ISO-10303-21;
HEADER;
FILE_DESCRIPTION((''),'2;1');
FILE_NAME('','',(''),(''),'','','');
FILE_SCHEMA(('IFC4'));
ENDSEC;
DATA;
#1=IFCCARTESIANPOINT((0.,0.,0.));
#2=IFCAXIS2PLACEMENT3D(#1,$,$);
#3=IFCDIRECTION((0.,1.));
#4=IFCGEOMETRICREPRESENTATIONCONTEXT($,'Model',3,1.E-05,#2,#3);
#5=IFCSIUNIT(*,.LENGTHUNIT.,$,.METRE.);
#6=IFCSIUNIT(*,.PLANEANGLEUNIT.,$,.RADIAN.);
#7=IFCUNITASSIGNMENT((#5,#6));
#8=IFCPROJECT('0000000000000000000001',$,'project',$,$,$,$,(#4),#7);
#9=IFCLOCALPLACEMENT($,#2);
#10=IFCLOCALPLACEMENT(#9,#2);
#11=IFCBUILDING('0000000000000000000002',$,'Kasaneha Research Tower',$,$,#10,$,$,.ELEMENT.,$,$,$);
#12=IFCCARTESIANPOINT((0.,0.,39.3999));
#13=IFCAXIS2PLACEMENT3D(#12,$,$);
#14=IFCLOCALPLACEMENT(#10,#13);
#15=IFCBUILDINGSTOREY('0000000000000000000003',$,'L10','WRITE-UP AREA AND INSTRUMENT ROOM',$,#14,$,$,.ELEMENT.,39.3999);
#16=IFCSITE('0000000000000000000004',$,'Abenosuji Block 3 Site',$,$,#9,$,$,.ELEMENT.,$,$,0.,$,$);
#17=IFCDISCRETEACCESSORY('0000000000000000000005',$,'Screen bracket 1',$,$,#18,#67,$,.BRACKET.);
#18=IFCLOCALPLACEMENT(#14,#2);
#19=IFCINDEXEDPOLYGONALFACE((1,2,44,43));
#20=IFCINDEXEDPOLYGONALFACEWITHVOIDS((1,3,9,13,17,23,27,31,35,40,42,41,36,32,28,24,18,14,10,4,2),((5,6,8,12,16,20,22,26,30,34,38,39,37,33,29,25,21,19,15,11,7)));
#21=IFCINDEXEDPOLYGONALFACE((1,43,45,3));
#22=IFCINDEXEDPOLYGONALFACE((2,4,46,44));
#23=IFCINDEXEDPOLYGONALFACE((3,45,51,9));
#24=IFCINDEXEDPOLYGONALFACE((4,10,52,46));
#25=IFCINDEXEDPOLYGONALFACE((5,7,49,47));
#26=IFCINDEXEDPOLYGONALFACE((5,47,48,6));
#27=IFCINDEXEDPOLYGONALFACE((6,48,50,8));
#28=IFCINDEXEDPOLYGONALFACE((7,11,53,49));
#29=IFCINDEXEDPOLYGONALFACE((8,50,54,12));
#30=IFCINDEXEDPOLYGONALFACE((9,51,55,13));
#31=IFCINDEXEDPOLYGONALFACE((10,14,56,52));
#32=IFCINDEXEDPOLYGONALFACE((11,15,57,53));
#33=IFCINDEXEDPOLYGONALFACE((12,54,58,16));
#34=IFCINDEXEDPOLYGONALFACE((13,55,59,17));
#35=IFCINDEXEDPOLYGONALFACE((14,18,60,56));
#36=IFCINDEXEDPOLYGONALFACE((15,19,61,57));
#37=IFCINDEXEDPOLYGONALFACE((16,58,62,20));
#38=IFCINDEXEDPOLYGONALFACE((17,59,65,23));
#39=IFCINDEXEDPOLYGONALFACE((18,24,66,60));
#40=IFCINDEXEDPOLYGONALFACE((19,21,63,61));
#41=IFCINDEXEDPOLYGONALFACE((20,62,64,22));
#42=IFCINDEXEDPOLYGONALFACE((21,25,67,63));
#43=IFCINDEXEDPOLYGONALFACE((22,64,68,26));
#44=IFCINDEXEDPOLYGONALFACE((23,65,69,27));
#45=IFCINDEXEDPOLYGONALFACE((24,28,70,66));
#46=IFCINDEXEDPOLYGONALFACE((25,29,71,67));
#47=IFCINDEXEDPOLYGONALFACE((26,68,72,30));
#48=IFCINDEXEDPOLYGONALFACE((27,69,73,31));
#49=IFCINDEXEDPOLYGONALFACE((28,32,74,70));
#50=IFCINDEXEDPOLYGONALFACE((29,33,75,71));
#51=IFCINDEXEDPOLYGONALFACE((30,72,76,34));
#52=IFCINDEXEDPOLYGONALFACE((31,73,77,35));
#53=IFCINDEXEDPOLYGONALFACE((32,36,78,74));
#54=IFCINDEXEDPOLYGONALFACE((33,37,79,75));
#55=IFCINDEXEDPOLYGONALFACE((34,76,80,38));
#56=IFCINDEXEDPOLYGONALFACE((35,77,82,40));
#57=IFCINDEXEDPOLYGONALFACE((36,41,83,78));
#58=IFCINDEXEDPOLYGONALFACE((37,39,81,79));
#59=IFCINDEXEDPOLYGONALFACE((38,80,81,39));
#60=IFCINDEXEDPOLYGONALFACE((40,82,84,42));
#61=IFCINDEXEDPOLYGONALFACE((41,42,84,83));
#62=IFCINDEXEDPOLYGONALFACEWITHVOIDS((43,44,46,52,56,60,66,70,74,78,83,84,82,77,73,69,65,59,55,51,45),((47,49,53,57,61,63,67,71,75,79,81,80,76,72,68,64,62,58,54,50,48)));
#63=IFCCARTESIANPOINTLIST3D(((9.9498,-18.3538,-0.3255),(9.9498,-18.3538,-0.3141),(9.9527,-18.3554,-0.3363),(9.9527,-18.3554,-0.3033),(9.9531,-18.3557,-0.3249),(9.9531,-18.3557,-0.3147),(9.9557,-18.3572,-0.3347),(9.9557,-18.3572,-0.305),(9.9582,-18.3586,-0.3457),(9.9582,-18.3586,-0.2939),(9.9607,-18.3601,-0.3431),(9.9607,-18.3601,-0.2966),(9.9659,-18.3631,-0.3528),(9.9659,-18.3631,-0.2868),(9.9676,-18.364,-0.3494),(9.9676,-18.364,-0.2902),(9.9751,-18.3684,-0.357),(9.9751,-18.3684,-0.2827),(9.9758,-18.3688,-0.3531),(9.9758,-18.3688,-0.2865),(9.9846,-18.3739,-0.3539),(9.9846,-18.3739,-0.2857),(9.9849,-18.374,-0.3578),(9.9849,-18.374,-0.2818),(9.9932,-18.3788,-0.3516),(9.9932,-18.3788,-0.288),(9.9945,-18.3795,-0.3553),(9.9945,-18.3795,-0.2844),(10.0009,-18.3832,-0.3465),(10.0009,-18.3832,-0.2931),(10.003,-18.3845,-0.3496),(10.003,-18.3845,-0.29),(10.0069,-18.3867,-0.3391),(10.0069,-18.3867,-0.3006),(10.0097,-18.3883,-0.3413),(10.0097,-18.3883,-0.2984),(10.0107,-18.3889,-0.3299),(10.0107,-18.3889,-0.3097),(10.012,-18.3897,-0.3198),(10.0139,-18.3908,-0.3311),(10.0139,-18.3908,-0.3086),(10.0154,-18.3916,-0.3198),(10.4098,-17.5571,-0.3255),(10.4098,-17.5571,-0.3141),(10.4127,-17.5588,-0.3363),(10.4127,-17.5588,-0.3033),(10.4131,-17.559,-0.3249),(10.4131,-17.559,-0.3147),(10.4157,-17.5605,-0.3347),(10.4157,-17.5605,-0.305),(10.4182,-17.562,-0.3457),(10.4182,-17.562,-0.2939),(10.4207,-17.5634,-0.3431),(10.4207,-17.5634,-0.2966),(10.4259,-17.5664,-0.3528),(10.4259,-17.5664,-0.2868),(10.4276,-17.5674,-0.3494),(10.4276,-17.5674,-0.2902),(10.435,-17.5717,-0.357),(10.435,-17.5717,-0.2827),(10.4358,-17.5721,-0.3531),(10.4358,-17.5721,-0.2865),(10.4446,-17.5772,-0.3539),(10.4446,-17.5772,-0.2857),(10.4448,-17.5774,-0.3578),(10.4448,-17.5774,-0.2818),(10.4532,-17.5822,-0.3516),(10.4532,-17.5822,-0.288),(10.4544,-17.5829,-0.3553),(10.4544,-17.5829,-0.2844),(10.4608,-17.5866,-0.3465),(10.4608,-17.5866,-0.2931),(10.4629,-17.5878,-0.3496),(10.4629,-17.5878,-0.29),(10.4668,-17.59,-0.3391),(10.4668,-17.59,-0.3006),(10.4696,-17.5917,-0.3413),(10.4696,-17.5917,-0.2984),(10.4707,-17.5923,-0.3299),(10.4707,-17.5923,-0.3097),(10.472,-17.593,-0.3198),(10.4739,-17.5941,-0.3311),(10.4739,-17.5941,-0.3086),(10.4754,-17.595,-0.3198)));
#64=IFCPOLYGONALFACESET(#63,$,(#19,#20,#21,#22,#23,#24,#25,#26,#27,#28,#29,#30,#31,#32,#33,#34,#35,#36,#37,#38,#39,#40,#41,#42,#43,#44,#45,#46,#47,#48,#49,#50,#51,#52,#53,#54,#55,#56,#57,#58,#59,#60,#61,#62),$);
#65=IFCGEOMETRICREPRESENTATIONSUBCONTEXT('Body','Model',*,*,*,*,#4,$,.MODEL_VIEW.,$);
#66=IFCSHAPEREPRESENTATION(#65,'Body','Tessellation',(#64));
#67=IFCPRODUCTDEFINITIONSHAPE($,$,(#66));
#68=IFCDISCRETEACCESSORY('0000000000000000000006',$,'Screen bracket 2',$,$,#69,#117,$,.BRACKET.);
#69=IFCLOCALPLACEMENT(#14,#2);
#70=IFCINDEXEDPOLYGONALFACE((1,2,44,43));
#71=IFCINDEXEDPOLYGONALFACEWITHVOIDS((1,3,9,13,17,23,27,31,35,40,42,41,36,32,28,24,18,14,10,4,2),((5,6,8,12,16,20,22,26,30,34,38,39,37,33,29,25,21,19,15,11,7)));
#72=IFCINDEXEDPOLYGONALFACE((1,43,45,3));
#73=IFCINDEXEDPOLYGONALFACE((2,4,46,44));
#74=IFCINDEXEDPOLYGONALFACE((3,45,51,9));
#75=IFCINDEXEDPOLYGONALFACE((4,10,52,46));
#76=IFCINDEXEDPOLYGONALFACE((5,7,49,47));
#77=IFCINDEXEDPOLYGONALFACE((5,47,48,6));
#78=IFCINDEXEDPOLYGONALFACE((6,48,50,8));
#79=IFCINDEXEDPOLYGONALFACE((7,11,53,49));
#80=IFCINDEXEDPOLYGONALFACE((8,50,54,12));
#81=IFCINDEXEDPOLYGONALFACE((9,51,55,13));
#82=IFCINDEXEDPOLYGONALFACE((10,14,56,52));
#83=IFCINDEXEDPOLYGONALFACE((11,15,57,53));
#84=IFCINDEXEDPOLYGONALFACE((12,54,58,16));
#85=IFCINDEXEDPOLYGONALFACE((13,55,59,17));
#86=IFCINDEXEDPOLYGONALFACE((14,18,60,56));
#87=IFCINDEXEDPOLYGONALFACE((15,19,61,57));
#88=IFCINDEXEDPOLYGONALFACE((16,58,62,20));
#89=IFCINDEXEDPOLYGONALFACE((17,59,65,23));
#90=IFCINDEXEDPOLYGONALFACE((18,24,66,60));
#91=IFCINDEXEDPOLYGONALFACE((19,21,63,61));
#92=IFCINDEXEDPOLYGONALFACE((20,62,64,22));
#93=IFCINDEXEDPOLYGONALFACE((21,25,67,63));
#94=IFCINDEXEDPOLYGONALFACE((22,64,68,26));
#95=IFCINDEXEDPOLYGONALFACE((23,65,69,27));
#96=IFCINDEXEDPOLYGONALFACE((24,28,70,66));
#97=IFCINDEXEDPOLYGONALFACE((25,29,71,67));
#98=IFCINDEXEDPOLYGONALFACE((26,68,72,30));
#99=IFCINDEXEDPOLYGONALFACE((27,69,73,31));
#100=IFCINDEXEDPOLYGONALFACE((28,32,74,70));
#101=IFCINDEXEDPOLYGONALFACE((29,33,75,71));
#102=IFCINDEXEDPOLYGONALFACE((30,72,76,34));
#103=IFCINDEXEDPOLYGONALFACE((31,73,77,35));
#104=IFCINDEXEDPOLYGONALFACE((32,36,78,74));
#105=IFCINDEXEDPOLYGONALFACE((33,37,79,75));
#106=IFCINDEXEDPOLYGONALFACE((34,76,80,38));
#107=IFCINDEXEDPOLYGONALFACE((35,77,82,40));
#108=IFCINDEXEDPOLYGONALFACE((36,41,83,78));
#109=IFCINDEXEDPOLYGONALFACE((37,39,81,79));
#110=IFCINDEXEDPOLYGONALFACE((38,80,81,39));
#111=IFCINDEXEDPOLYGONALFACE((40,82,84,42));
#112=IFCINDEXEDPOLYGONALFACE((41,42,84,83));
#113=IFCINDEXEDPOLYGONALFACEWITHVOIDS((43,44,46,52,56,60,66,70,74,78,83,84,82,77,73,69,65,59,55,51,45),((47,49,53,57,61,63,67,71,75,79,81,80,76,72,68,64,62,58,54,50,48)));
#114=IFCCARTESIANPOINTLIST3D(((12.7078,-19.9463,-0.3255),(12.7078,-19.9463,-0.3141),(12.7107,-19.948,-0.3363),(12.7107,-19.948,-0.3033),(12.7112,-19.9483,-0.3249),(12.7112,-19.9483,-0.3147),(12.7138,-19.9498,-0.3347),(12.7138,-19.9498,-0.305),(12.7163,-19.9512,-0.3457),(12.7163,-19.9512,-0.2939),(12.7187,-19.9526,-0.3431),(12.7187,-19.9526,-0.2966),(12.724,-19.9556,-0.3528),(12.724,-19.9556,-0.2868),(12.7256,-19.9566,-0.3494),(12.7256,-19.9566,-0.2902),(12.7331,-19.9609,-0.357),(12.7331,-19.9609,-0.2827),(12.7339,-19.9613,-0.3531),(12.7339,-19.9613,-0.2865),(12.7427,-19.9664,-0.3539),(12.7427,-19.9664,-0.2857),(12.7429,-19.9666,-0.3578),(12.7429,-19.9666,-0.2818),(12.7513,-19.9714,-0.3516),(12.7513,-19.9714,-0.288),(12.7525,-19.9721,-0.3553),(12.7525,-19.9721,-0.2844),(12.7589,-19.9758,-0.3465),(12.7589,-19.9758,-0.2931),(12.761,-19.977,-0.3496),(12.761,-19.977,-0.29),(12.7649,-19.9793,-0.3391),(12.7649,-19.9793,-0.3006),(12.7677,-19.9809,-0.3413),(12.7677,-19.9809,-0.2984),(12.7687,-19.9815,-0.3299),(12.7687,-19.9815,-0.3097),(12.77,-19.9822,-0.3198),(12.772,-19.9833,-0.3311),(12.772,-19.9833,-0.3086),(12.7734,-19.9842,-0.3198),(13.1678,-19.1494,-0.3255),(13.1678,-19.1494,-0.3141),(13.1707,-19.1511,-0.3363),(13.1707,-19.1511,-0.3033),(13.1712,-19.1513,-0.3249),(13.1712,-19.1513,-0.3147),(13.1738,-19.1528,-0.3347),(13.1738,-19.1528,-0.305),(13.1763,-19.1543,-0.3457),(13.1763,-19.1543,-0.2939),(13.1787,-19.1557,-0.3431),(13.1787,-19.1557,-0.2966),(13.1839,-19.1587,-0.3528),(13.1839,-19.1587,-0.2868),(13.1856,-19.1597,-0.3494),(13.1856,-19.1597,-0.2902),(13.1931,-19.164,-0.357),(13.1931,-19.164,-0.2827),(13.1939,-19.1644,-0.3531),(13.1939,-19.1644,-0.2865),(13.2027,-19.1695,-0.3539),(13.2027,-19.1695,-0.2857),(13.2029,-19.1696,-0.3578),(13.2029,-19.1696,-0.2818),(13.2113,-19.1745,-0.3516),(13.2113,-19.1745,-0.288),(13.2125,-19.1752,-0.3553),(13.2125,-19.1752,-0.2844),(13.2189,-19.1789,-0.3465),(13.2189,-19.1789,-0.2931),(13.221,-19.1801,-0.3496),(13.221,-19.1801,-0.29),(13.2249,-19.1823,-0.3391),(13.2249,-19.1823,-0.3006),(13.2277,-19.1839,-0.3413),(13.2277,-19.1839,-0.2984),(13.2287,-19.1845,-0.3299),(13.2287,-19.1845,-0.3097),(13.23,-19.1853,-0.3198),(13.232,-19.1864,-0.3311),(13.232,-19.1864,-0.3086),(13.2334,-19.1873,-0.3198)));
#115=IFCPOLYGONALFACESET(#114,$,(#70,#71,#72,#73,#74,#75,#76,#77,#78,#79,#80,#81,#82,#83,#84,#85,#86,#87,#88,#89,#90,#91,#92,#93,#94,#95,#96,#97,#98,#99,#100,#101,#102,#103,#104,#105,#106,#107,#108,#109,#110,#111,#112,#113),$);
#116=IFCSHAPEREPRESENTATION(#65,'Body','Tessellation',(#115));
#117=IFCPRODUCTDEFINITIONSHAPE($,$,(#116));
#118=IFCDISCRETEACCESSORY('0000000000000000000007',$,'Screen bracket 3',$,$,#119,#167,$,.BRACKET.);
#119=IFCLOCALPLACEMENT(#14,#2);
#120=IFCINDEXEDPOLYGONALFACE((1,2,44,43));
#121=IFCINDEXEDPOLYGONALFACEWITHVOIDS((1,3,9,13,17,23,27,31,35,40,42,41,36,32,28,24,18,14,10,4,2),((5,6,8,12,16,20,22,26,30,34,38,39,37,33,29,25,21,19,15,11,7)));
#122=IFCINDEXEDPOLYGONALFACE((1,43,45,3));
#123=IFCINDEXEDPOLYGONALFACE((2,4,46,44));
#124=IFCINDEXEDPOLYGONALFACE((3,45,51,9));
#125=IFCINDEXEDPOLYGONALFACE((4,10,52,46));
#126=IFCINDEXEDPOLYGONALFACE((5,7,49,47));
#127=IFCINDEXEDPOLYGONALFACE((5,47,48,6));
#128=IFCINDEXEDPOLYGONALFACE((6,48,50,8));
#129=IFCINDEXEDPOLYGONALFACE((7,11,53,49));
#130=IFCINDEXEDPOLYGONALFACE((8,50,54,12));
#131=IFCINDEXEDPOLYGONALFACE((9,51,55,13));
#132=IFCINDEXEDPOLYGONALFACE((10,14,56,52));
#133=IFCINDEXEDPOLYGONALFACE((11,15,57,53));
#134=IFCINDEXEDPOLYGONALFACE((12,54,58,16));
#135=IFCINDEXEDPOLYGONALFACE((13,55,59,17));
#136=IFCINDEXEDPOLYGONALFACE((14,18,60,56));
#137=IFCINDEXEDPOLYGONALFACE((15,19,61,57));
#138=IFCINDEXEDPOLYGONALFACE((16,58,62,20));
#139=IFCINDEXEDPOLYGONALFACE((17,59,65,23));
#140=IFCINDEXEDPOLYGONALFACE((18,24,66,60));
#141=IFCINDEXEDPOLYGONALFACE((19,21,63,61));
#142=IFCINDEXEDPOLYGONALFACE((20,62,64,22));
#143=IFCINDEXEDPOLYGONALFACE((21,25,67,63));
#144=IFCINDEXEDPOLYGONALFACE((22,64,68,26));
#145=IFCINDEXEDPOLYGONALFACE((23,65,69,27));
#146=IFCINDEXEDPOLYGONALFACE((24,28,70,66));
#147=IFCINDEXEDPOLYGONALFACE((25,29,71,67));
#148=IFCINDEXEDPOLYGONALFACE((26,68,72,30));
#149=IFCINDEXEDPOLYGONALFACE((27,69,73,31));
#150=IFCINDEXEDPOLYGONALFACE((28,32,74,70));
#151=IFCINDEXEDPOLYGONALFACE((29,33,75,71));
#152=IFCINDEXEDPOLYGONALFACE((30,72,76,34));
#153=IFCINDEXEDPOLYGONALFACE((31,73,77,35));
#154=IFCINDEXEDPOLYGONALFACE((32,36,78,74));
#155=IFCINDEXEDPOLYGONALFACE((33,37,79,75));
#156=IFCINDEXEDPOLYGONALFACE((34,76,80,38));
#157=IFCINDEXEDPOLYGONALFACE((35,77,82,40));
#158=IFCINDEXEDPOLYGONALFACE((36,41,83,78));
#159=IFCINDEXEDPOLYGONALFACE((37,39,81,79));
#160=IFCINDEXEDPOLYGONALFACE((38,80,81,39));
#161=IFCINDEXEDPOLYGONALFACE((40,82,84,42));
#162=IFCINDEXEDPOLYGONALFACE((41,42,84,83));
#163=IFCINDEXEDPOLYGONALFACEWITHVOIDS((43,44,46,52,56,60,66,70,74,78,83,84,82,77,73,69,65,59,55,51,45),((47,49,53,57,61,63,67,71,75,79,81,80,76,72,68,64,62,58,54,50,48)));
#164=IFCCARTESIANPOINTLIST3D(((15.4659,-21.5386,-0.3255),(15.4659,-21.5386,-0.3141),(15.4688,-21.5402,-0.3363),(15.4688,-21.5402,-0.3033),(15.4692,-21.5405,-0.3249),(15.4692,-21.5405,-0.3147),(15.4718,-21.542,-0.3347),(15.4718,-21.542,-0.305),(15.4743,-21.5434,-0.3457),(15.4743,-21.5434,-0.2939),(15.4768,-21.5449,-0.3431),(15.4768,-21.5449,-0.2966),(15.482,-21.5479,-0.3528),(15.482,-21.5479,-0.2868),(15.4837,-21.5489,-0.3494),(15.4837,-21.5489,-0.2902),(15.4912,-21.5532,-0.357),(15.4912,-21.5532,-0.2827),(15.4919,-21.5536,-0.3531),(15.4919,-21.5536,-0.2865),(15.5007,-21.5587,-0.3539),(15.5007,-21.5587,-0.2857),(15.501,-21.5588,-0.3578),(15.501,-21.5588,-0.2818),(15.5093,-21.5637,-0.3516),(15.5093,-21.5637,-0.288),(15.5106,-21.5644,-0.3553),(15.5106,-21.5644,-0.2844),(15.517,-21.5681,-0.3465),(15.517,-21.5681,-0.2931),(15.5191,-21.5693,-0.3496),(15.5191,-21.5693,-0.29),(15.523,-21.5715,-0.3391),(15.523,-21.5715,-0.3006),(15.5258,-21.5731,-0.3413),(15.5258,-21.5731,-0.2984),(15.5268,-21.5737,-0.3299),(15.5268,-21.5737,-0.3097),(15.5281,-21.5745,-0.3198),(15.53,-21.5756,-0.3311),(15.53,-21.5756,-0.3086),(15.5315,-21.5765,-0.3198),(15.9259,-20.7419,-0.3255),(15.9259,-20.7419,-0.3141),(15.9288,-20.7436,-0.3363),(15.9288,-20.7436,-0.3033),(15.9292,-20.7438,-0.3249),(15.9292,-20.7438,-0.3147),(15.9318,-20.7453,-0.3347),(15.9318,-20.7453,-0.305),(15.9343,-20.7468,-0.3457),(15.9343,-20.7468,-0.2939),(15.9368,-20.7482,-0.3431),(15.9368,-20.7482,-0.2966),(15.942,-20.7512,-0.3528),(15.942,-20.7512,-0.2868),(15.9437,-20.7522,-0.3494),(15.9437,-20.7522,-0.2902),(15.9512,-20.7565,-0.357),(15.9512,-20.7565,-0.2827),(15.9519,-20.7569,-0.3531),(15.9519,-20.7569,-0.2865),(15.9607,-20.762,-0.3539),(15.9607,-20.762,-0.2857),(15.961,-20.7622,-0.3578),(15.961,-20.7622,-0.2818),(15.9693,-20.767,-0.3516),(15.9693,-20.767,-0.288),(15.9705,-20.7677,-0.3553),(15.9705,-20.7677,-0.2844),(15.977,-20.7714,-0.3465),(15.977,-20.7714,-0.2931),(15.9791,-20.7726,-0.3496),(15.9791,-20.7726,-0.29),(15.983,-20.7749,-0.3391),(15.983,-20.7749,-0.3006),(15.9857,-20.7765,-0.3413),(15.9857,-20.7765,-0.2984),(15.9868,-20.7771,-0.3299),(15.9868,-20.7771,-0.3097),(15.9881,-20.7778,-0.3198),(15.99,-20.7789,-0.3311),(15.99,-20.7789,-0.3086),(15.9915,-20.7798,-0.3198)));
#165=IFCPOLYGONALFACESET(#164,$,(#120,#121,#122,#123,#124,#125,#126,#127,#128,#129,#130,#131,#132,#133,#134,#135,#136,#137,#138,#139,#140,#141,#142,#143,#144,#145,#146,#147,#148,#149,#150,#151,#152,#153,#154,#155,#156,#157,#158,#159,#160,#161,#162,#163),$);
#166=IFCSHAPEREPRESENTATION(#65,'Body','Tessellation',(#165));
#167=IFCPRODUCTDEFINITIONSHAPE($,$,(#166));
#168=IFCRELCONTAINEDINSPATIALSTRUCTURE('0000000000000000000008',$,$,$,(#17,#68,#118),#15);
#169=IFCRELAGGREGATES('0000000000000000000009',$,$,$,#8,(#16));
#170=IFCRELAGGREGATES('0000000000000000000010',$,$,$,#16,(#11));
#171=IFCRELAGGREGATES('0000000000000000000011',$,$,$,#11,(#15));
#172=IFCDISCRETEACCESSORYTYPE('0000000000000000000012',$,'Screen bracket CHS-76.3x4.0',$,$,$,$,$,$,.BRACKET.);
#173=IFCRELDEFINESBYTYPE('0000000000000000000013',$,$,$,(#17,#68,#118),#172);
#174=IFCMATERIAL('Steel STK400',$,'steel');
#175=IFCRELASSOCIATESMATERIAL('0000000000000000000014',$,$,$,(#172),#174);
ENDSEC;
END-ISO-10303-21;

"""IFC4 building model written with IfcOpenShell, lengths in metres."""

from ifc_helpers import new_model, si_unit, direction, frame, origin, origin_2d, place, context, subcontext, project, spatial, hollow_circle, extrude, material, material_profile, profile_set, type_object, element, save


model = new_model("IFC4")

# Units and contexts
model_context = context("Model", 3, precision=1e-05, world=origin(), true_north=direction((0.0, 1.0)))
body_context = subcontext(model_context, "Body", "Model", "MODEL_VIEW")
ifc_project = project(units=[si_unit("LENGTHUNIT", "METRE"), si_unit("PLANEANGLEUNIT", "RADIAN")], contexts=[model_context])

# Site, building, storey
site_placement = place(None, origin())
site = spatial("IfcSite", under=ifc_project, at=site_placement, Name="Abenosuji Block 3 Site", CompositionType="ELEMENT", RefElevation=0.0)
building_placement = place(site_placement, origin())
building = spatial("IfcBuilding", under=site, at=building_placement, Name="Kasaneha Research Tower", CompositionType="ELEMENT")
storey_placement = place(building_placement, frame((0.0, 0.0, 39.3999)))
storey = spatial("IfcBuildingStorey", under=building, at=storey_placement, Name="L10", Description="WRITE-UP AREA AND INSTRUMENT ROOM", CompositionType="ELEMENT", Elevation=39.3999)

# Discrete accessories
ifc_material_1 = material(Name="Steel STK400", Category="steel")
ifc_material_profile_1 = material_profile(ifc_material_1, hollow_circle(Radius=0.0381, WallThickness=0.0039, at=origin_2d()), Name="CHS-76.3x4.0")
ifc_profile_set_1 = profile_set([ifc_material_profile_1], Name="Steel STK400")
discrete_accessory_type = type_object("IfcDiscreteAccessoryType", Name="Screen bracket CHS-76.3x4.0", PredefinedType="BRACKET", material=ifc_profile_set_1)
for number, where, z_axis, x_axis, name in (
    (1, (10.4424, -17.5759, -0.3198), (-0.500021, -0.866013, 0.0), (0.866013, -0.500021, 0.0), "Screen bracket 1"),
):
    element("IfcDiscreteAccessory", number, at=place(storey_placement, frame(where, z_axis=z_axis, x_axis=x_axis)), inside=storey, type_object=discrete_accessory_type, Name=name, PredefinedType="BRACKET", context=body_context, shape_type="SweptSolid", body=[
        extrude(hollow_circle(Radius=0.0381, WallThickness=0.0039, at=origin_2d()), origin(), (0.0, 0.0, 1.0), 0.9199),
    ])
discrete_accessory_1_placement = place(storey_placement, frame((13.2004, -19.1682, -0.3198), z_axis=(-0.499906, -0.86608, 0.0), x_axis=(0.86608, -0.499906, 0.0)))
element("IfcDiscreteAccessory", 2, at=discrete_accessory_1_placement, inside=storey, type_object=discrete_accessory_type, Name="Screen bracket 2", PredefinedType="BRACKET", context=body_context, shape_type="SweptSolid", body=[
    extrude(hollow_circle(Radius=0.0381, WallThickness=0.0039, at=origin_2d()), origin(), (0.0, 0.0, 1.0), 0.9202),
])
discrete_accessory_2_placement = place(storey_placement, frame((15.9585, -20.7607, -0.3198), z_axis=(-0.500021, -0.866013, 0.0), x_axis=(0.866013, -0.500021, 0.0)))
element("IfcDiscreteAccessory", 3, at=discrete_accessory_2_placement, inside=storey, type_object=discrete_accessory_type, Name="Screen bracket 3", PredefinedType="BRACKET", context=body_context, shape_type="SweptSolid", body=[
    extrude(hollow_circle(Radius=0.0381, WallThickness=0.0039, at=origin_2d()), origin(), (0.0, 0.0, 1.0), 0.9199),
])

save(model, "model.ifc")
